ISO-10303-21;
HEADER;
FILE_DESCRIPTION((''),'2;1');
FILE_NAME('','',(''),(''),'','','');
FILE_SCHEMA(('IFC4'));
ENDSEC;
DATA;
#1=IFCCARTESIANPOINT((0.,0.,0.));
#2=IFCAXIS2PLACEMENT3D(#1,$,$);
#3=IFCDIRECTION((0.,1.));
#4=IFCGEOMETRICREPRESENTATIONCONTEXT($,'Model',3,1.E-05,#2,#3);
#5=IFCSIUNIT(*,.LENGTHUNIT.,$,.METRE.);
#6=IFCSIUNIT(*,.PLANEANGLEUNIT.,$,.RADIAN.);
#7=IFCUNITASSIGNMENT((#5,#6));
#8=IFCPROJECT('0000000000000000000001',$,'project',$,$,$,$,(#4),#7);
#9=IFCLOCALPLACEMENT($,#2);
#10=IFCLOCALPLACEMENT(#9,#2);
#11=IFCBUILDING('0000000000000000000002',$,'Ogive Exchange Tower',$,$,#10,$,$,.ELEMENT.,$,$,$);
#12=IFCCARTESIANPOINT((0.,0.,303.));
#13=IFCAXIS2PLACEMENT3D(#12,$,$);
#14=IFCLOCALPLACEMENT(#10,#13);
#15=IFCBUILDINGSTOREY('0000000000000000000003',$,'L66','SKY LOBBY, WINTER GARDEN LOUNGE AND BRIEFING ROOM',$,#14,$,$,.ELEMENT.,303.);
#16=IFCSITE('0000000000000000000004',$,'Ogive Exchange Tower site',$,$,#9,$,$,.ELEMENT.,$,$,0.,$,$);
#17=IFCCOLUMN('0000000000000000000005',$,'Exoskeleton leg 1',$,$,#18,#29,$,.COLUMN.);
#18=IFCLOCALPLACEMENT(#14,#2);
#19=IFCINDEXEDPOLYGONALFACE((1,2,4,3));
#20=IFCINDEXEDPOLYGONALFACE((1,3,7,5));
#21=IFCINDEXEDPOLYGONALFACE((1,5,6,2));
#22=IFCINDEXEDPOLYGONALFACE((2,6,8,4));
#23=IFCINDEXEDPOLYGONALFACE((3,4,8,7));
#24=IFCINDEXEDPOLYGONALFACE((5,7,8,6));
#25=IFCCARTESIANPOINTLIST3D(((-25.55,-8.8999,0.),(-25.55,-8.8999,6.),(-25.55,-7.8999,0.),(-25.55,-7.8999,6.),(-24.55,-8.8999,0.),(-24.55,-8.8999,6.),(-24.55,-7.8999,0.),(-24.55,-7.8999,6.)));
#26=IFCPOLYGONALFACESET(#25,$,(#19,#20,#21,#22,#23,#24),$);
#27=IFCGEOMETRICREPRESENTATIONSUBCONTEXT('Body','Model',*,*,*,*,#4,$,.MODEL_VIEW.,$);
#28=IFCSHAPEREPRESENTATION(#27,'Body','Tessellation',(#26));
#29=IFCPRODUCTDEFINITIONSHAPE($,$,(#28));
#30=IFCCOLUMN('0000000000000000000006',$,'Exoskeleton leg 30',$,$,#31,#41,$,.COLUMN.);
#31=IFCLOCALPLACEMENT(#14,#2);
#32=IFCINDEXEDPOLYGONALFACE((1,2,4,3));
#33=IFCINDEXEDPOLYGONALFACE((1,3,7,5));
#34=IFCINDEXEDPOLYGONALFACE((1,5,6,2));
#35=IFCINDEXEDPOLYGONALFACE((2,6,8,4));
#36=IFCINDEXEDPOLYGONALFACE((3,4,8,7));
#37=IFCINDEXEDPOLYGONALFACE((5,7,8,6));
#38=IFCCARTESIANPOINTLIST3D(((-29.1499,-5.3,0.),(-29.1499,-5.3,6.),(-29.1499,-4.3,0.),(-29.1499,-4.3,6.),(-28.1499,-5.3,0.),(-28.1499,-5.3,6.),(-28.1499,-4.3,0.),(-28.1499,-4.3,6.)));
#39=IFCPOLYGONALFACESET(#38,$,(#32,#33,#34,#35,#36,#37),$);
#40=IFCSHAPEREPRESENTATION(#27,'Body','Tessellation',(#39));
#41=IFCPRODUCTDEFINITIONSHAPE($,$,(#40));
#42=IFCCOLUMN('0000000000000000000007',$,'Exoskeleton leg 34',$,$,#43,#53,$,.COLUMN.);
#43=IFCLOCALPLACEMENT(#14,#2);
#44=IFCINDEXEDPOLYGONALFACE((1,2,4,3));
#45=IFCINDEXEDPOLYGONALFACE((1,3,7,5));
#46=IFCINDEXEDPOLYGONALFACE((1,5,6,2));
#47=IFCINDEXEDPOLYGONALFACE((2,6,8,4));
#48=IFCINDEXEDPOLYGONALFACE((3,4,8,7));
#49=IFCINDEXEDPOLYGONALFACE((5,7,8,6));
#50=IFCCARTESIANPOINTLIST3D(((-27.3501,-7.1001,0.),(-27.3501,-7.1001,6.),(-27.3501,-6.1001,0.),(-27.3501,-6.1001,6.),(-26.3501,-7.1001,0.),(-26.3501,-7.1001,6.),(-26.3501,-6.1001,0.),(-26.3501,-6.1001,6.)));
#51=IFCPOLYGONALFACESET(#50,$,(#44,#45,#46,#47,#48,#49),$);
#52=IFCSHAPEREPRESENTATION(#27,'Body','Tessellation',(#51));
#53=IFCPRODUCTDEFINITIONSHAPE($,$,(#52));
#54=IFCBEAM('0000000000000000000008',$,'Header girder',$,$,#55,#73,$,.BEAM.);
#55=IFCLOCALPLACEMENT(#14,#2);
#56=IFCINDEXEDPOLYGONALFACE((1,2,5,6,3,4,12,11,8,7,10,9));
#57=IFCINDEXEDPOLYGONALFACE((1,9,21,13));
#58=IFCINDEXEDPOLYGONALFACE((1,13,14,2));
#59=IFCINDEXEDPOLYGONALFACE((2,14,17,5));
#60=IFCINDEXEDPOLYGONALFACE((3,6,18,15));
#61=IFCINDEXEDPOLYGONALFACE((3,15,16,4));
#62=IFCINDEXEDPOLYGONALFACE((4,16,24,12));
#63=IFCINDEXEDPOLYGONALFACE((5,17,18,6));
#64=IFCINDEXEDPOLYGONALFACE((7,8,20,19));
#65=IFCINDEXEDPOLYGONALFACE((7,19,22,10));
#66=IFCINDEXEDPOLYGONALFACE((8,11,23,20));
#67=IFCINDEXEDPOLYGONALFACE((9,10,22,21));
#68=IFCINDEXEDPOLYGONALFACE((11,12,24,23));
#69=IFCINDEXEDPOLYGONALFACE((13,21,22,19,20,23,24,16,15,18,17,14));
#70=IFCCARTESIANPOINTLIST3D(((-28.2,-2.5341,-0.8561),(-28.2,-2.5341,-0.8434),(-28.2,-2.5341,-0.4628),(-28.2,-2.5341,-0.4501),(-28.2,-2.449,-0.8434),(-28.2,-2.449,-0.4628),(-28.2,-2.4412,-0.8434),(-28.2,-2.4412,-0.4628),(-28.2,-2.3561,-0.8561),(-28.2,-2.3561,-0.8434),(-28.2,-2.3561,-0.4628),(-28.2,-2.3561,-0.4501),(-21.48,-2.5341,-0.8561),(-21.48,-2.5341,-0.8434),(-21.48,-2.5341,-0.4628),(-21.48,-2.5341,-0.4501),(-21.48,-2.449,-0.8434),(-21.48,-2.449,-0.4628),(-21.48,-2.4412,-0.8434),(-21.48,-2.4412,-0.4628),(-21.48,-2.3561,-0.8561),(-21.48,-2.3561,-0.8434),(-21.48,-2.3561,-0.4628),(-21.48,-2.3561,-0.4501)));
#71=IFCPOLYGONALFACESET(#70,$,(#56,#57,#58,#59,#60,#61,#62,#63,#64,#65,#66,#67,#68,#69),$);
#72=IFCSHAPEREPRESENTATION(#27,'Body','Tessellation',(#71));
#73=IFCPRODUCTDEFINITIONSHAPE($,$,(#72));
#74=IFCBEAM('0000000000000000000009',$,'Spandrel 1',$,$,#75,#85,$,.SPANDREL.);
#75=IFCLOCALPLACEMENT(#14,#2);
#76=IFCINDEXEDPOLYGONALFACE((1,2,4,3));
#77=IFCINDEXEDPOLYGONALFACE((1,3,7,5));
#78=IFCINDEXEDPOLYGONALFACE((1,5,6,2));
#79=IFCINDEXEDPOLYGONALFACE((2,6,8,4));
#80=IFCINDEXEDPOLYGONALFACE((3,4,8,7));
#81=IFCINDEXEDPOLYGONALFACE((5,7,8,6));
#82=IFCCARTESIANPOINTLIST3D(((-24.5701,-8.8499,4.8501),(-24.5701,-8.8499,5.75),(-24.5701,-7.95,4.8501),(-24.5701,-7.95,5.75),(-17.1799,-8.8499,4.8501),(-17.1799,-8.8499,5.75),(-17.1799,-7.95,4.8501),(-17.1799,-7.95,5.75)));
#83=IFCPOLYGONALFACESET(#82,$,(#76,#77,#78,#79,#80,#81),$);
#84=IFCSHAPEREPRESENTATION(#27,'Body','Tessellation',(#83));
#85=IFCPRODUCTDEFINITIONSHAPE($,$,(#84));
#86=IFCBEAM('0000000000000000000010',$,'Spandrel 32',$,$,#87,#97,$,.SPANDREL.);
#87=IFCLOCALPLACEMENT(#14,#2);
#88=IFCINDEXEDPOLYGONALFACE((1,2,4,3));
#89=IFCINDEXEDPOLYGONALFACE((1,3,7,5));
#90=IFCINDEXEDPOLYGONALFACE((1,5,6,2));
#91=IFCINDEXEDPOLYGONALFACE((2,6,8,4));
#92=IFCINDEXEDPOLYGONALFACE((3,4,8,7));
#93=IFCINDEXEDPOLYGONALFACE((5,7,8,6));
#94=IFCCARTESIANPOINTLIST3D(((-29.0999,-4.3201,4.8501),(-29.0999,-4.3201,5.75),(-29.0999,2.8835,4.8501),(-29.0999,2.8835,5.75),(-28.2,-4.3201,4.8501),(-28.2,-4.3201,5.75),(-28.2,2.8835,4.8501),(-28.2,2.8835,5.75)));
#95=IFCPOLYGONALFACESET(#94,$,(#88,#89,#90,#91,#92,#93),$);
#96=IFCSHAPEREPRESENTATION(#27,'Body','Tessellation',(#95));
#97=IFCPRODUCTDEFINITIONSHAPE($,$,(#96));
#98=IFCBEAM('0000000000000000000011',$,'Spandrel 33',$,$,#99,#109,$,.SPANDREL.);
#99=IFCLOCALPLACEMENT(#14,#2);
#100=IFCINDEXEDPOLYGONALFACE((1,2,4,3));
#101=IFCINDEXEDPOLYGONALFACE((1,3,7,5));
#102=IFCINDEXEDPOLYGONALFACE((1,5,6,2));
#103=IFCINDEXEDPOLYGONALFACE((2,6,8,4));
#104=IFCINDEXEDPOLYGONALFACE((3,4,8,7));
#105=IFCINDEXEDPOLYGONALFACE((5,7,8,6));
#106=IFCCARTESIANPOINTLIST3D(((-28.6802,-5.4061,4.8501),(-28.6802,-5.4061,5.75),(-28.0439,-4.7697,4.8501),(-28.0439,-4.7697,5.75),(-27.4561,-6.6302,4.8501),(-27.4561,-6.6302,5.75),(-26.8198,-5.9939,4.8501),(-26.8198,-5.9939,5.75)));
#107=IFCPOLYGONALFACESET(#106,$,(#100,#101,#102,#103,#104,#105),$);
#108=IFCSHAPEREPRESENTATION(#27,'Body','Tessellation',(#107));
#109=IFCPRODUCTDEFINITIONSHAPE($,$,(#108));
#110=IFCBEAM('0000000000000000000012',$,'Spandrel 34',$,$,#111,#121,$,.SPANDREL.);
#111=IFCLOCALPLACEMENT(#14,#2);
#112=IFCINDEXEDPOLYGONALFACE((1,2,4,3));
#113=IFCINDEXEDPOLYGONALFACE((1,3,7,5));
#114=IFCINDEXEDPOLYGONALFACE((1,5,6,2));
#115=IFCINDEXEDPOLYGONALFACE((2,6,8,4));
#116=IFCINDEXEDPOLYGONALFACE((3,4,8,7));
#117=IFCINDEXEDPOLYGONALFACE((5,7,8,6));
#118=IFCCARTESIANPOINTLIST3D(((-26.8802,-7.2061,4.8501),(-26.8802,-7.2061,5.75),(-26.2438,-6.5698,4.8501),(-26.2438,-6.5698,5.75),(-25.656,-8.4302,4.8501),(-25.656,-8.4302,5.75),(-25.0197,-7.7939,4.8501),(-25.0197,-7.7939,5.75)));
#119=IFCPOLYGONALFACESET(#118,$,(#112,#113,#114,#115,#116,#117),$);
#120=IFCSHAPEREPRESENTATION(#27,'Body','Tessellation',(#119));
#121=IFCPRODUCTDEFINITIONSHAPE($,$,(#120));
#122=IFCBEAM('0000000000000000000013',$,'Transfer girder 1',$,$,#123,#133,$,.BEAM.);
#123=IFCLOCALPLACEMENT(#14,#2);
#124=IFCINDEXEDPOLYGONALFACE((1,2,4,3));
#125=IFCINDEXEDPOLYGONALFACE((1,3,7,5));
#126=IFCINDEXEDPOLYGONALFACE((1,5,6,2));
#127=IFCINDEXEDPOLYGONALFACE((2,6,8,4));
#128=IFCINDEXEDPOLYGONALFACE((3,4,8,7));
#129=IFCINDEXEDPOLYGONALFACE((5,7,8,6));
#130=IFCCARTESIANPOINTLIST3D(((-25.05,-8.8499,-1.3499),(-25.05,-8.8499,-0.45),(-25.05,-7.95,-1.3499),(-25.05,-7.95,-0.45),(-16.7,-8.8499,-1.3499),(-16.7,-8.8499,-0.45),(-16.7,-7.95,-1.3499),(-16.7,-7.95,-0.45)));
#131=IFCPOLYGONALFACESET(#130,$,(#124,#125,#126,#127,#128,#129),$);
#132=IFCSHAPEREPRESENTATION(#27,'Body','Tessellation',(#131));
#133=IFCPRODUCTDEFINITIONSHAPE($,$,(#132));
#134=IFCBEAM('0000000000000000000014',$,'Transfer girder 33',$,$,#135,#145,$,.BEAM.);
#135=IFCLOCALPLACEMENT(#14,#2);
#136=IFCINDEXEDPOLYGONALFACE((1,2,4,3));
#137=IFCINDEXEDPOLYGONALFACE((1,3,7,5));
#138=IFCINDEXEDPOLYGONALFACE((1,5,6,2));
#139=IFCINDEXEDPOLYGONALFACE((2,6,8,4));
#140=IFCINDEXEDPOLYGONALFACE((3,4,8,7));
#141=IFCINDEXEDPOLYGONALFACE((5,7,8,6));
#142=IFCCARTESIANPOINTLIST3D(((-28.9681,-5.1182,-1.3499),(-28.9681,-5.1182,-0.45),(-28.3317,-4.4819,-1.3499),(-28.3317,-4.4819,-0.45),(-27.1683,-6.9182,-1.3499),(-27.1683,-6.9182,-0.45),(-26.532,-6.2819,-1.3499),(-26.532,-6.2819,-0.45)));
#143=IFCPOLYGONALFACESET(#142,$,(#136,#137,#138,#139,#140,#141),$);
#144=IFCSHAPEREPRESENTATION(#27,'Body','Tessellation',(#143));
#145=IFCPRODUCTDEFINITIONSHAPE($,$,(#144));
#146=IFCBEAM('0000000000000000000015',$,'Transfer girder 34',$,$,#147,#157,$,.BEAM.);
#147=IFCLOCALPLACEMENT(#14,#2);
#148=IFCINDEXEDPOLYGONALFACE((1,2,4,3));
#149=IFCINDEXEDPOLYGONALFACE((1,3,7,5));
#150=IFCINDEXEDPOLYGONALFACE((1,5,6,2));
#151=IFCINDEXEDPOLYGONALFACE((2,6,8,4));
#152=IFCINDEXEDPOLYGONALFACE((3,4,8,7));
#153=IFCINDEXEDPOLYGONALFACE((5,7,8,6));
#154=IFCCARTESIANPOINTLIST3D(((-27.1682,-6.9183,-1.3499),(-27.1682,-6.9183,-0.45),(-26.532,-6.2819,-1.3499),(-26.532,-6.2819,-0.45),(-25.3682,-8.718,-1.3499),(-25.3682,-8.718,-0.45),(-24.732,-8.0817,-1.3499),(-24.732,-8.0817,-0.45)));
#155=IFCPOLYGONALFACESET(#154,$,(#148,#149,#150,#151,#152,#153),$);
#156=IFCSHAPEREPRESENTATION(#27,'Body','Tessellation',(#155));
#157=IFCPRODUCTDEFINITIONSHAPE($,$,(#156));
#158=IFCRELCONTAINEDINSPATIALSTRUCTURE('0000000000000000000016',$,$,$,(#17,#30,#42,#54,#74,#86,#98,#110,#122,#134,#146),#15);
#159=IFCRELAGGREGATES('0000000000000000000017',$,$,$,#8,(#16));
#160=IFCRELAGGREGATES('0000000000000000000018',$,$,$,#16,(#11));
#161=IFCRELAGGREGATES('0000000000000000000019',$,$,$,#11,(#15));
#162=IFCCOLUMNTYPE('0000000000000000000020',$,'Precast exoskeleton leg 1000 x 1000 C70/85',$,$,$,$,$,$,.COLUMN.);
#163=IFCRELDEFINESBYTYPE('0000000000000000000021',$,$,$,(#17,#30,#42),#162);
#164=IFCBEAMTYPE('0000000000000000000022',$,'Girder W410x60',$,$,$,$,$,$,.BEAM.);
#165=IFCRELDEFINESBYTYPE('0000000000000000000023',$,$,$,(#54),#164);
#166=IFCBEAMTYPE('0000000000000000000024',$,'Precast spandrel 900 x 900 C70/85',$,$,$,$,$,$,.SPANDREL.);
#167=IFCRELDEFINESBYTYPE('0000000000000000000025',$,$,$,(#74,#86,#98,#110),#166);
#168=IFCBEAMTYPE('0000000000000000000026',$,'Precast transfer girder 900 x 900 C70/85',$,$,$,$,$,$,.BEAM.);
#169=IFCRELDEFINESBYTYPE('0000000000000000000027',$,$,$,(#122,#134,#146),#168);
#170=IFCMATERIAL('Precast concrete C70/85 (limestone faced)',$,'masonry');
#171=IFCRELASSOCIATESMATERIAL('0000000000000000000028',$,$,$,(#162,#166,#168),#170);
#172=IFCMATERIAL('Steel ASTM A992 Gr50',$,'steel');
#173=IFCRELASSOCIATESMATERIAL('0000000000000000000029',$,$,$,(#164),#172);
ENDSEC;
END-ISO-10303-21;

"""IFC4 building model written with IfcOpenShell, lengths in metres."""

from ifc_helpers import new_model, si_unit, direction, frame, origin, origin_2d, place, context, subcontext, project, spatial, rectangle, i_section, extrude, material, material_profile, profile_set, type_object, element, save


model = new_model("IFC4")

# Units and contexts
model_context = context("Model", 3, precision=1e-05, world=origin(), true_north=direction((0.0, 1.0)))
body_context = subcontext(model_context, "Body", "Model", "MODEL_VIEW")
ifc_project = project(units=[si_unit("LENGTHUNIT", "METRE"), si_unit("PLANEANGLEUNIT", "RADIAN")], contexts=[model_context])

# Site, building, storey
site_placement = place(None, origin())
site = spatial("IfcSite", under=ifc_project, at=site_placement, Name="Ogive Exchange Tower site", CompositionType="ELEMENT", RefElevation=0.0)
building_placement = place(site_placement, origin())
building = spatial("IfcBuilding", under=site, at=building_placement, Name="Ogive Exchange Tower", CompositionType="ELEMENT")
storey_placement = place(building_placement, frame((0.0, 0.0, 303.0)))
storey = spatial("IfcBuildingStorey", under=building, at=storey_placement, Name="L66", Description="SKY LOBBY, WINTER GARDEN LOUNGE AND BRIEFING ROOM", CompositionType="ELEMENT", Elevation=303.0)

# Columns
ifc_material_1 = material(Name="Precast concrete C70/85 (limestone faced)", Category="masonry")
ifc_material_profile_1 = material_profile(ifc_material_1, rectangle(XDim=1.0, YDim=1.0, at=origin_2d()), Name="1000 x 1000")
ifc_profile_set_1 = profile_set([ifc_material_profile_1], Name="Precast concrete C70/85 (limestone faced)")
column_type = type_object("IfcColumnType", Name="Precast exoskeleton leg 1000 x 1000 C70/85", PredefinedType="COLUMN", material=ifc_profile_set_1)
for number, where, z_axis, x_axis, name in (
    (1, (-25.05, -8.3999, 0.0), (0.0, 0.0, 1.0), (1.0, 0.0, 0.0), "Exoskeleton leg 1"),
    (2, (-28.6499, -4.8, 0.0), (0.0, 0.0, 1.0), (1.0, 0.0, 0.0), "Exoskeleton leg 30"),
    (3, (-26.8501, -6.6001, 0.0), (0.0, 0.0, 1.0), (1.0, 0.0, 0.0), "Exoskeleton leg 34"),
):
    element("IfcColumn", number, at=place(storey_placement, frame(where, z_axis=z_axis, x_axis=x_axis)), inside=storey, type_object=column_type, Name=name, PredefinedType="COLUMN", context=body_context, shape_type="SweptSolid", body=[
        extrude(rectangle(XDim=1.0, YDim=1.0, at=origin_2d()), origin(), (0.0, 0.0, 1.0), 6.0),
    ])

# Beams
ifc_material_2 = material(Name="Steel ASTM A992 Gr50", Category="steel")
ifc_material_profile_2 = material_profile(ifc_material_2, i_section(OverallWidth=0.178, OverallDepth=0.406, WebThickness=0.0078, FlangeThickness=0.0127, at=origin_2d()), Name="W410x60")
ifc_profile_set_2 = profile_set([ifc_material_profile_2], Name="Steel ASTM A992 Gr50")
beam_type_1 = type_object("IfcBeamType", Name="Girder W410x60", PredefinedType="BEAM", material=ifc_profile_set_2)
beam_1_placement = place(storey_placement, frame((-28.2, -2.4451, -0.6531), z_axis=(1.0, 0.0, 0.0), x_axis=(0.0, 1.0, 0.0)))
element("IfcBeam", 4, at=beam_1_placement, inside=storey, type_object=beam_type_1, Name="Header girder", PredefinedType="BEAM", context=body_context, shape_type="SweptSolid", body=[
    extrude(i_section(OverallWidth=0.178, OverallDepth=0.406, WebThickness=0.0078, FlangeThickness=0.0127, at=origin_2d()), origin(), (0.0, 0.0, 1.0), 6.72),
])
ifc_material_profile_3 = material_profile(ifc_material_1, rectangle(XDim=0.8999, YDim=0.8999, at=origin_2d()), Name="900 x 900")
ifc_profile_set_3 = profile_set([ifc_material_profile_3], Name="Precast concrete C70/85 (limestone faced)")
beam_type_2 = type_object("IfcBeamType", Name="Precast spandrel 900 x 900 C70/85", PredefinedType="SPANDREL", material=ifc_profile_set_3)
beam_2_placement = place(storey_placement, frame((-24.5701, -8.3999, 5.3), z_axis=(1.0, 0.0, 0.0), x_axis=(0.0, 1.0, 0.0)))
element("IfcBeam", 5, at=beam_2_placement, inside=storey, type_object=beam_type_2, Name="Spandrel 1", PredefinedType="SPANDREL", context=body_context, shape_type="SweptSolid", body=[
    extrude(rectangle(XDim=0.8999, YDim=0.8999, at=origin_2d()), origin(), (0.0, 0.0, 1.0), 7.3901),
])
beam_3_placement = place(storey_placement, frame((-28.6499, 2.8835, 5.3), z_axis=(0.0, -1.0, 0.0), x_axis=(1.0, 0.0, 0.0)))
element("IfcBeam", 6, at=beam_3_placement, inside=storey, type_object=beam_type_2, Name="Spandrel 32", PredefinedType="SPANDREL", context=body_context, shape_type="SweptSolid", body=[
    extrude(rectangle(XDim=0.8999, YDim=0.8999, at=origin_2d()), origin(), (0.0, 0.0, 1.0), 7.2036),
])
for number, where, z_axis, x_axis, name in (
    (7, (-28.3621, -5.0879, 5.3), (0.707107, -0.707107, 0.0), (0.707107, 0.707107, 0.0), "Spandrel 33"),
    (8, (-26.562, -6.8879, 5.3), (0.707107, -0.707107, 0.0), (0.707107, 0.707107, 0.0), "Spandrel 34"),
):
    element("IfcBeam", number, at=place(storey_placement, frame(where, z_axis=z_axis, x_axis=x_axis)), inside=storey, type_object=beam_type_2, Name=name, PredefinedType="SPANDREL", context=body_context, shape_type="SweptSolid", body=[
        extrude(rectangle(XDim=0.8999, YDim=0.8999, at=origin_2d()), origin(), (0.0, 0.0, 1.0), 1.7312),
    ])
ifc_material_profile_4 = material_profile(ifc_material_1, rectangle(XDim=0.8999, YDim=0.8999, at=origin_2d()), Name="900 x 900")
ifc_profile_set_4 = profile_set([ifc_material_profile_4], Name="Precast concrete C70/85 (limestone faced)")
beam_type_3 = type_object("IfcBeamType", Name="Precast transfer girder 900 x 900 C70/85", PredefinedType="BEAM", material=ifc_profile_set_4)
beam_4_placement = place(storey_placement, frame((-25.05, -8.3999, -0.8999), z_axis=(1.0, 0.0, 0.0), x_axis=(0.0, 1.0, 0.0)))
element("IfcBeam", 9, at=beam_4_placement, inside=storey, type_object=beam_type_3, Name="Transfer girder 1", PredefinedType="BEAM", context=body_context, shape_type="SweptSolid", body=[
    extrude(rectangle(XDim=0.8999, YDim=0.8999, at=origin_2d()), origin(), (0.0, 0.0, 1.0), 8.3501),
])
for number, where, z_axis, x_axis, name in (
    (10, (-28.6499, -4.8, -0.8999), (0.707059, -0.707155, 0.0), (0.707155, 0.707059, 0.0), "Transfer girder 33"),
    (11, (-26.8501, -6.6001, -0.8999), (0.707155, -0.707059, 0.0), (0.707059, 0.707155, 0.0), "Transfer girder 34"),
):
    element("IfcBeam", number, at=place(storey_placement, frame(where, z_axis=z_axis, x_axis=x_axis)), inside=storey, type_object=beam_type_3, Name=name, PredefinedType="BEAM", context=body_context, shape_type="SweptSolid", body=[
        extrude(rectangle(XDim=0.8999, YDim=0.8999, at=origin_2d()), origin(), (0.0, 0.0, 1.0), 2.5454),
    ])

save(model, "model.ifc")
